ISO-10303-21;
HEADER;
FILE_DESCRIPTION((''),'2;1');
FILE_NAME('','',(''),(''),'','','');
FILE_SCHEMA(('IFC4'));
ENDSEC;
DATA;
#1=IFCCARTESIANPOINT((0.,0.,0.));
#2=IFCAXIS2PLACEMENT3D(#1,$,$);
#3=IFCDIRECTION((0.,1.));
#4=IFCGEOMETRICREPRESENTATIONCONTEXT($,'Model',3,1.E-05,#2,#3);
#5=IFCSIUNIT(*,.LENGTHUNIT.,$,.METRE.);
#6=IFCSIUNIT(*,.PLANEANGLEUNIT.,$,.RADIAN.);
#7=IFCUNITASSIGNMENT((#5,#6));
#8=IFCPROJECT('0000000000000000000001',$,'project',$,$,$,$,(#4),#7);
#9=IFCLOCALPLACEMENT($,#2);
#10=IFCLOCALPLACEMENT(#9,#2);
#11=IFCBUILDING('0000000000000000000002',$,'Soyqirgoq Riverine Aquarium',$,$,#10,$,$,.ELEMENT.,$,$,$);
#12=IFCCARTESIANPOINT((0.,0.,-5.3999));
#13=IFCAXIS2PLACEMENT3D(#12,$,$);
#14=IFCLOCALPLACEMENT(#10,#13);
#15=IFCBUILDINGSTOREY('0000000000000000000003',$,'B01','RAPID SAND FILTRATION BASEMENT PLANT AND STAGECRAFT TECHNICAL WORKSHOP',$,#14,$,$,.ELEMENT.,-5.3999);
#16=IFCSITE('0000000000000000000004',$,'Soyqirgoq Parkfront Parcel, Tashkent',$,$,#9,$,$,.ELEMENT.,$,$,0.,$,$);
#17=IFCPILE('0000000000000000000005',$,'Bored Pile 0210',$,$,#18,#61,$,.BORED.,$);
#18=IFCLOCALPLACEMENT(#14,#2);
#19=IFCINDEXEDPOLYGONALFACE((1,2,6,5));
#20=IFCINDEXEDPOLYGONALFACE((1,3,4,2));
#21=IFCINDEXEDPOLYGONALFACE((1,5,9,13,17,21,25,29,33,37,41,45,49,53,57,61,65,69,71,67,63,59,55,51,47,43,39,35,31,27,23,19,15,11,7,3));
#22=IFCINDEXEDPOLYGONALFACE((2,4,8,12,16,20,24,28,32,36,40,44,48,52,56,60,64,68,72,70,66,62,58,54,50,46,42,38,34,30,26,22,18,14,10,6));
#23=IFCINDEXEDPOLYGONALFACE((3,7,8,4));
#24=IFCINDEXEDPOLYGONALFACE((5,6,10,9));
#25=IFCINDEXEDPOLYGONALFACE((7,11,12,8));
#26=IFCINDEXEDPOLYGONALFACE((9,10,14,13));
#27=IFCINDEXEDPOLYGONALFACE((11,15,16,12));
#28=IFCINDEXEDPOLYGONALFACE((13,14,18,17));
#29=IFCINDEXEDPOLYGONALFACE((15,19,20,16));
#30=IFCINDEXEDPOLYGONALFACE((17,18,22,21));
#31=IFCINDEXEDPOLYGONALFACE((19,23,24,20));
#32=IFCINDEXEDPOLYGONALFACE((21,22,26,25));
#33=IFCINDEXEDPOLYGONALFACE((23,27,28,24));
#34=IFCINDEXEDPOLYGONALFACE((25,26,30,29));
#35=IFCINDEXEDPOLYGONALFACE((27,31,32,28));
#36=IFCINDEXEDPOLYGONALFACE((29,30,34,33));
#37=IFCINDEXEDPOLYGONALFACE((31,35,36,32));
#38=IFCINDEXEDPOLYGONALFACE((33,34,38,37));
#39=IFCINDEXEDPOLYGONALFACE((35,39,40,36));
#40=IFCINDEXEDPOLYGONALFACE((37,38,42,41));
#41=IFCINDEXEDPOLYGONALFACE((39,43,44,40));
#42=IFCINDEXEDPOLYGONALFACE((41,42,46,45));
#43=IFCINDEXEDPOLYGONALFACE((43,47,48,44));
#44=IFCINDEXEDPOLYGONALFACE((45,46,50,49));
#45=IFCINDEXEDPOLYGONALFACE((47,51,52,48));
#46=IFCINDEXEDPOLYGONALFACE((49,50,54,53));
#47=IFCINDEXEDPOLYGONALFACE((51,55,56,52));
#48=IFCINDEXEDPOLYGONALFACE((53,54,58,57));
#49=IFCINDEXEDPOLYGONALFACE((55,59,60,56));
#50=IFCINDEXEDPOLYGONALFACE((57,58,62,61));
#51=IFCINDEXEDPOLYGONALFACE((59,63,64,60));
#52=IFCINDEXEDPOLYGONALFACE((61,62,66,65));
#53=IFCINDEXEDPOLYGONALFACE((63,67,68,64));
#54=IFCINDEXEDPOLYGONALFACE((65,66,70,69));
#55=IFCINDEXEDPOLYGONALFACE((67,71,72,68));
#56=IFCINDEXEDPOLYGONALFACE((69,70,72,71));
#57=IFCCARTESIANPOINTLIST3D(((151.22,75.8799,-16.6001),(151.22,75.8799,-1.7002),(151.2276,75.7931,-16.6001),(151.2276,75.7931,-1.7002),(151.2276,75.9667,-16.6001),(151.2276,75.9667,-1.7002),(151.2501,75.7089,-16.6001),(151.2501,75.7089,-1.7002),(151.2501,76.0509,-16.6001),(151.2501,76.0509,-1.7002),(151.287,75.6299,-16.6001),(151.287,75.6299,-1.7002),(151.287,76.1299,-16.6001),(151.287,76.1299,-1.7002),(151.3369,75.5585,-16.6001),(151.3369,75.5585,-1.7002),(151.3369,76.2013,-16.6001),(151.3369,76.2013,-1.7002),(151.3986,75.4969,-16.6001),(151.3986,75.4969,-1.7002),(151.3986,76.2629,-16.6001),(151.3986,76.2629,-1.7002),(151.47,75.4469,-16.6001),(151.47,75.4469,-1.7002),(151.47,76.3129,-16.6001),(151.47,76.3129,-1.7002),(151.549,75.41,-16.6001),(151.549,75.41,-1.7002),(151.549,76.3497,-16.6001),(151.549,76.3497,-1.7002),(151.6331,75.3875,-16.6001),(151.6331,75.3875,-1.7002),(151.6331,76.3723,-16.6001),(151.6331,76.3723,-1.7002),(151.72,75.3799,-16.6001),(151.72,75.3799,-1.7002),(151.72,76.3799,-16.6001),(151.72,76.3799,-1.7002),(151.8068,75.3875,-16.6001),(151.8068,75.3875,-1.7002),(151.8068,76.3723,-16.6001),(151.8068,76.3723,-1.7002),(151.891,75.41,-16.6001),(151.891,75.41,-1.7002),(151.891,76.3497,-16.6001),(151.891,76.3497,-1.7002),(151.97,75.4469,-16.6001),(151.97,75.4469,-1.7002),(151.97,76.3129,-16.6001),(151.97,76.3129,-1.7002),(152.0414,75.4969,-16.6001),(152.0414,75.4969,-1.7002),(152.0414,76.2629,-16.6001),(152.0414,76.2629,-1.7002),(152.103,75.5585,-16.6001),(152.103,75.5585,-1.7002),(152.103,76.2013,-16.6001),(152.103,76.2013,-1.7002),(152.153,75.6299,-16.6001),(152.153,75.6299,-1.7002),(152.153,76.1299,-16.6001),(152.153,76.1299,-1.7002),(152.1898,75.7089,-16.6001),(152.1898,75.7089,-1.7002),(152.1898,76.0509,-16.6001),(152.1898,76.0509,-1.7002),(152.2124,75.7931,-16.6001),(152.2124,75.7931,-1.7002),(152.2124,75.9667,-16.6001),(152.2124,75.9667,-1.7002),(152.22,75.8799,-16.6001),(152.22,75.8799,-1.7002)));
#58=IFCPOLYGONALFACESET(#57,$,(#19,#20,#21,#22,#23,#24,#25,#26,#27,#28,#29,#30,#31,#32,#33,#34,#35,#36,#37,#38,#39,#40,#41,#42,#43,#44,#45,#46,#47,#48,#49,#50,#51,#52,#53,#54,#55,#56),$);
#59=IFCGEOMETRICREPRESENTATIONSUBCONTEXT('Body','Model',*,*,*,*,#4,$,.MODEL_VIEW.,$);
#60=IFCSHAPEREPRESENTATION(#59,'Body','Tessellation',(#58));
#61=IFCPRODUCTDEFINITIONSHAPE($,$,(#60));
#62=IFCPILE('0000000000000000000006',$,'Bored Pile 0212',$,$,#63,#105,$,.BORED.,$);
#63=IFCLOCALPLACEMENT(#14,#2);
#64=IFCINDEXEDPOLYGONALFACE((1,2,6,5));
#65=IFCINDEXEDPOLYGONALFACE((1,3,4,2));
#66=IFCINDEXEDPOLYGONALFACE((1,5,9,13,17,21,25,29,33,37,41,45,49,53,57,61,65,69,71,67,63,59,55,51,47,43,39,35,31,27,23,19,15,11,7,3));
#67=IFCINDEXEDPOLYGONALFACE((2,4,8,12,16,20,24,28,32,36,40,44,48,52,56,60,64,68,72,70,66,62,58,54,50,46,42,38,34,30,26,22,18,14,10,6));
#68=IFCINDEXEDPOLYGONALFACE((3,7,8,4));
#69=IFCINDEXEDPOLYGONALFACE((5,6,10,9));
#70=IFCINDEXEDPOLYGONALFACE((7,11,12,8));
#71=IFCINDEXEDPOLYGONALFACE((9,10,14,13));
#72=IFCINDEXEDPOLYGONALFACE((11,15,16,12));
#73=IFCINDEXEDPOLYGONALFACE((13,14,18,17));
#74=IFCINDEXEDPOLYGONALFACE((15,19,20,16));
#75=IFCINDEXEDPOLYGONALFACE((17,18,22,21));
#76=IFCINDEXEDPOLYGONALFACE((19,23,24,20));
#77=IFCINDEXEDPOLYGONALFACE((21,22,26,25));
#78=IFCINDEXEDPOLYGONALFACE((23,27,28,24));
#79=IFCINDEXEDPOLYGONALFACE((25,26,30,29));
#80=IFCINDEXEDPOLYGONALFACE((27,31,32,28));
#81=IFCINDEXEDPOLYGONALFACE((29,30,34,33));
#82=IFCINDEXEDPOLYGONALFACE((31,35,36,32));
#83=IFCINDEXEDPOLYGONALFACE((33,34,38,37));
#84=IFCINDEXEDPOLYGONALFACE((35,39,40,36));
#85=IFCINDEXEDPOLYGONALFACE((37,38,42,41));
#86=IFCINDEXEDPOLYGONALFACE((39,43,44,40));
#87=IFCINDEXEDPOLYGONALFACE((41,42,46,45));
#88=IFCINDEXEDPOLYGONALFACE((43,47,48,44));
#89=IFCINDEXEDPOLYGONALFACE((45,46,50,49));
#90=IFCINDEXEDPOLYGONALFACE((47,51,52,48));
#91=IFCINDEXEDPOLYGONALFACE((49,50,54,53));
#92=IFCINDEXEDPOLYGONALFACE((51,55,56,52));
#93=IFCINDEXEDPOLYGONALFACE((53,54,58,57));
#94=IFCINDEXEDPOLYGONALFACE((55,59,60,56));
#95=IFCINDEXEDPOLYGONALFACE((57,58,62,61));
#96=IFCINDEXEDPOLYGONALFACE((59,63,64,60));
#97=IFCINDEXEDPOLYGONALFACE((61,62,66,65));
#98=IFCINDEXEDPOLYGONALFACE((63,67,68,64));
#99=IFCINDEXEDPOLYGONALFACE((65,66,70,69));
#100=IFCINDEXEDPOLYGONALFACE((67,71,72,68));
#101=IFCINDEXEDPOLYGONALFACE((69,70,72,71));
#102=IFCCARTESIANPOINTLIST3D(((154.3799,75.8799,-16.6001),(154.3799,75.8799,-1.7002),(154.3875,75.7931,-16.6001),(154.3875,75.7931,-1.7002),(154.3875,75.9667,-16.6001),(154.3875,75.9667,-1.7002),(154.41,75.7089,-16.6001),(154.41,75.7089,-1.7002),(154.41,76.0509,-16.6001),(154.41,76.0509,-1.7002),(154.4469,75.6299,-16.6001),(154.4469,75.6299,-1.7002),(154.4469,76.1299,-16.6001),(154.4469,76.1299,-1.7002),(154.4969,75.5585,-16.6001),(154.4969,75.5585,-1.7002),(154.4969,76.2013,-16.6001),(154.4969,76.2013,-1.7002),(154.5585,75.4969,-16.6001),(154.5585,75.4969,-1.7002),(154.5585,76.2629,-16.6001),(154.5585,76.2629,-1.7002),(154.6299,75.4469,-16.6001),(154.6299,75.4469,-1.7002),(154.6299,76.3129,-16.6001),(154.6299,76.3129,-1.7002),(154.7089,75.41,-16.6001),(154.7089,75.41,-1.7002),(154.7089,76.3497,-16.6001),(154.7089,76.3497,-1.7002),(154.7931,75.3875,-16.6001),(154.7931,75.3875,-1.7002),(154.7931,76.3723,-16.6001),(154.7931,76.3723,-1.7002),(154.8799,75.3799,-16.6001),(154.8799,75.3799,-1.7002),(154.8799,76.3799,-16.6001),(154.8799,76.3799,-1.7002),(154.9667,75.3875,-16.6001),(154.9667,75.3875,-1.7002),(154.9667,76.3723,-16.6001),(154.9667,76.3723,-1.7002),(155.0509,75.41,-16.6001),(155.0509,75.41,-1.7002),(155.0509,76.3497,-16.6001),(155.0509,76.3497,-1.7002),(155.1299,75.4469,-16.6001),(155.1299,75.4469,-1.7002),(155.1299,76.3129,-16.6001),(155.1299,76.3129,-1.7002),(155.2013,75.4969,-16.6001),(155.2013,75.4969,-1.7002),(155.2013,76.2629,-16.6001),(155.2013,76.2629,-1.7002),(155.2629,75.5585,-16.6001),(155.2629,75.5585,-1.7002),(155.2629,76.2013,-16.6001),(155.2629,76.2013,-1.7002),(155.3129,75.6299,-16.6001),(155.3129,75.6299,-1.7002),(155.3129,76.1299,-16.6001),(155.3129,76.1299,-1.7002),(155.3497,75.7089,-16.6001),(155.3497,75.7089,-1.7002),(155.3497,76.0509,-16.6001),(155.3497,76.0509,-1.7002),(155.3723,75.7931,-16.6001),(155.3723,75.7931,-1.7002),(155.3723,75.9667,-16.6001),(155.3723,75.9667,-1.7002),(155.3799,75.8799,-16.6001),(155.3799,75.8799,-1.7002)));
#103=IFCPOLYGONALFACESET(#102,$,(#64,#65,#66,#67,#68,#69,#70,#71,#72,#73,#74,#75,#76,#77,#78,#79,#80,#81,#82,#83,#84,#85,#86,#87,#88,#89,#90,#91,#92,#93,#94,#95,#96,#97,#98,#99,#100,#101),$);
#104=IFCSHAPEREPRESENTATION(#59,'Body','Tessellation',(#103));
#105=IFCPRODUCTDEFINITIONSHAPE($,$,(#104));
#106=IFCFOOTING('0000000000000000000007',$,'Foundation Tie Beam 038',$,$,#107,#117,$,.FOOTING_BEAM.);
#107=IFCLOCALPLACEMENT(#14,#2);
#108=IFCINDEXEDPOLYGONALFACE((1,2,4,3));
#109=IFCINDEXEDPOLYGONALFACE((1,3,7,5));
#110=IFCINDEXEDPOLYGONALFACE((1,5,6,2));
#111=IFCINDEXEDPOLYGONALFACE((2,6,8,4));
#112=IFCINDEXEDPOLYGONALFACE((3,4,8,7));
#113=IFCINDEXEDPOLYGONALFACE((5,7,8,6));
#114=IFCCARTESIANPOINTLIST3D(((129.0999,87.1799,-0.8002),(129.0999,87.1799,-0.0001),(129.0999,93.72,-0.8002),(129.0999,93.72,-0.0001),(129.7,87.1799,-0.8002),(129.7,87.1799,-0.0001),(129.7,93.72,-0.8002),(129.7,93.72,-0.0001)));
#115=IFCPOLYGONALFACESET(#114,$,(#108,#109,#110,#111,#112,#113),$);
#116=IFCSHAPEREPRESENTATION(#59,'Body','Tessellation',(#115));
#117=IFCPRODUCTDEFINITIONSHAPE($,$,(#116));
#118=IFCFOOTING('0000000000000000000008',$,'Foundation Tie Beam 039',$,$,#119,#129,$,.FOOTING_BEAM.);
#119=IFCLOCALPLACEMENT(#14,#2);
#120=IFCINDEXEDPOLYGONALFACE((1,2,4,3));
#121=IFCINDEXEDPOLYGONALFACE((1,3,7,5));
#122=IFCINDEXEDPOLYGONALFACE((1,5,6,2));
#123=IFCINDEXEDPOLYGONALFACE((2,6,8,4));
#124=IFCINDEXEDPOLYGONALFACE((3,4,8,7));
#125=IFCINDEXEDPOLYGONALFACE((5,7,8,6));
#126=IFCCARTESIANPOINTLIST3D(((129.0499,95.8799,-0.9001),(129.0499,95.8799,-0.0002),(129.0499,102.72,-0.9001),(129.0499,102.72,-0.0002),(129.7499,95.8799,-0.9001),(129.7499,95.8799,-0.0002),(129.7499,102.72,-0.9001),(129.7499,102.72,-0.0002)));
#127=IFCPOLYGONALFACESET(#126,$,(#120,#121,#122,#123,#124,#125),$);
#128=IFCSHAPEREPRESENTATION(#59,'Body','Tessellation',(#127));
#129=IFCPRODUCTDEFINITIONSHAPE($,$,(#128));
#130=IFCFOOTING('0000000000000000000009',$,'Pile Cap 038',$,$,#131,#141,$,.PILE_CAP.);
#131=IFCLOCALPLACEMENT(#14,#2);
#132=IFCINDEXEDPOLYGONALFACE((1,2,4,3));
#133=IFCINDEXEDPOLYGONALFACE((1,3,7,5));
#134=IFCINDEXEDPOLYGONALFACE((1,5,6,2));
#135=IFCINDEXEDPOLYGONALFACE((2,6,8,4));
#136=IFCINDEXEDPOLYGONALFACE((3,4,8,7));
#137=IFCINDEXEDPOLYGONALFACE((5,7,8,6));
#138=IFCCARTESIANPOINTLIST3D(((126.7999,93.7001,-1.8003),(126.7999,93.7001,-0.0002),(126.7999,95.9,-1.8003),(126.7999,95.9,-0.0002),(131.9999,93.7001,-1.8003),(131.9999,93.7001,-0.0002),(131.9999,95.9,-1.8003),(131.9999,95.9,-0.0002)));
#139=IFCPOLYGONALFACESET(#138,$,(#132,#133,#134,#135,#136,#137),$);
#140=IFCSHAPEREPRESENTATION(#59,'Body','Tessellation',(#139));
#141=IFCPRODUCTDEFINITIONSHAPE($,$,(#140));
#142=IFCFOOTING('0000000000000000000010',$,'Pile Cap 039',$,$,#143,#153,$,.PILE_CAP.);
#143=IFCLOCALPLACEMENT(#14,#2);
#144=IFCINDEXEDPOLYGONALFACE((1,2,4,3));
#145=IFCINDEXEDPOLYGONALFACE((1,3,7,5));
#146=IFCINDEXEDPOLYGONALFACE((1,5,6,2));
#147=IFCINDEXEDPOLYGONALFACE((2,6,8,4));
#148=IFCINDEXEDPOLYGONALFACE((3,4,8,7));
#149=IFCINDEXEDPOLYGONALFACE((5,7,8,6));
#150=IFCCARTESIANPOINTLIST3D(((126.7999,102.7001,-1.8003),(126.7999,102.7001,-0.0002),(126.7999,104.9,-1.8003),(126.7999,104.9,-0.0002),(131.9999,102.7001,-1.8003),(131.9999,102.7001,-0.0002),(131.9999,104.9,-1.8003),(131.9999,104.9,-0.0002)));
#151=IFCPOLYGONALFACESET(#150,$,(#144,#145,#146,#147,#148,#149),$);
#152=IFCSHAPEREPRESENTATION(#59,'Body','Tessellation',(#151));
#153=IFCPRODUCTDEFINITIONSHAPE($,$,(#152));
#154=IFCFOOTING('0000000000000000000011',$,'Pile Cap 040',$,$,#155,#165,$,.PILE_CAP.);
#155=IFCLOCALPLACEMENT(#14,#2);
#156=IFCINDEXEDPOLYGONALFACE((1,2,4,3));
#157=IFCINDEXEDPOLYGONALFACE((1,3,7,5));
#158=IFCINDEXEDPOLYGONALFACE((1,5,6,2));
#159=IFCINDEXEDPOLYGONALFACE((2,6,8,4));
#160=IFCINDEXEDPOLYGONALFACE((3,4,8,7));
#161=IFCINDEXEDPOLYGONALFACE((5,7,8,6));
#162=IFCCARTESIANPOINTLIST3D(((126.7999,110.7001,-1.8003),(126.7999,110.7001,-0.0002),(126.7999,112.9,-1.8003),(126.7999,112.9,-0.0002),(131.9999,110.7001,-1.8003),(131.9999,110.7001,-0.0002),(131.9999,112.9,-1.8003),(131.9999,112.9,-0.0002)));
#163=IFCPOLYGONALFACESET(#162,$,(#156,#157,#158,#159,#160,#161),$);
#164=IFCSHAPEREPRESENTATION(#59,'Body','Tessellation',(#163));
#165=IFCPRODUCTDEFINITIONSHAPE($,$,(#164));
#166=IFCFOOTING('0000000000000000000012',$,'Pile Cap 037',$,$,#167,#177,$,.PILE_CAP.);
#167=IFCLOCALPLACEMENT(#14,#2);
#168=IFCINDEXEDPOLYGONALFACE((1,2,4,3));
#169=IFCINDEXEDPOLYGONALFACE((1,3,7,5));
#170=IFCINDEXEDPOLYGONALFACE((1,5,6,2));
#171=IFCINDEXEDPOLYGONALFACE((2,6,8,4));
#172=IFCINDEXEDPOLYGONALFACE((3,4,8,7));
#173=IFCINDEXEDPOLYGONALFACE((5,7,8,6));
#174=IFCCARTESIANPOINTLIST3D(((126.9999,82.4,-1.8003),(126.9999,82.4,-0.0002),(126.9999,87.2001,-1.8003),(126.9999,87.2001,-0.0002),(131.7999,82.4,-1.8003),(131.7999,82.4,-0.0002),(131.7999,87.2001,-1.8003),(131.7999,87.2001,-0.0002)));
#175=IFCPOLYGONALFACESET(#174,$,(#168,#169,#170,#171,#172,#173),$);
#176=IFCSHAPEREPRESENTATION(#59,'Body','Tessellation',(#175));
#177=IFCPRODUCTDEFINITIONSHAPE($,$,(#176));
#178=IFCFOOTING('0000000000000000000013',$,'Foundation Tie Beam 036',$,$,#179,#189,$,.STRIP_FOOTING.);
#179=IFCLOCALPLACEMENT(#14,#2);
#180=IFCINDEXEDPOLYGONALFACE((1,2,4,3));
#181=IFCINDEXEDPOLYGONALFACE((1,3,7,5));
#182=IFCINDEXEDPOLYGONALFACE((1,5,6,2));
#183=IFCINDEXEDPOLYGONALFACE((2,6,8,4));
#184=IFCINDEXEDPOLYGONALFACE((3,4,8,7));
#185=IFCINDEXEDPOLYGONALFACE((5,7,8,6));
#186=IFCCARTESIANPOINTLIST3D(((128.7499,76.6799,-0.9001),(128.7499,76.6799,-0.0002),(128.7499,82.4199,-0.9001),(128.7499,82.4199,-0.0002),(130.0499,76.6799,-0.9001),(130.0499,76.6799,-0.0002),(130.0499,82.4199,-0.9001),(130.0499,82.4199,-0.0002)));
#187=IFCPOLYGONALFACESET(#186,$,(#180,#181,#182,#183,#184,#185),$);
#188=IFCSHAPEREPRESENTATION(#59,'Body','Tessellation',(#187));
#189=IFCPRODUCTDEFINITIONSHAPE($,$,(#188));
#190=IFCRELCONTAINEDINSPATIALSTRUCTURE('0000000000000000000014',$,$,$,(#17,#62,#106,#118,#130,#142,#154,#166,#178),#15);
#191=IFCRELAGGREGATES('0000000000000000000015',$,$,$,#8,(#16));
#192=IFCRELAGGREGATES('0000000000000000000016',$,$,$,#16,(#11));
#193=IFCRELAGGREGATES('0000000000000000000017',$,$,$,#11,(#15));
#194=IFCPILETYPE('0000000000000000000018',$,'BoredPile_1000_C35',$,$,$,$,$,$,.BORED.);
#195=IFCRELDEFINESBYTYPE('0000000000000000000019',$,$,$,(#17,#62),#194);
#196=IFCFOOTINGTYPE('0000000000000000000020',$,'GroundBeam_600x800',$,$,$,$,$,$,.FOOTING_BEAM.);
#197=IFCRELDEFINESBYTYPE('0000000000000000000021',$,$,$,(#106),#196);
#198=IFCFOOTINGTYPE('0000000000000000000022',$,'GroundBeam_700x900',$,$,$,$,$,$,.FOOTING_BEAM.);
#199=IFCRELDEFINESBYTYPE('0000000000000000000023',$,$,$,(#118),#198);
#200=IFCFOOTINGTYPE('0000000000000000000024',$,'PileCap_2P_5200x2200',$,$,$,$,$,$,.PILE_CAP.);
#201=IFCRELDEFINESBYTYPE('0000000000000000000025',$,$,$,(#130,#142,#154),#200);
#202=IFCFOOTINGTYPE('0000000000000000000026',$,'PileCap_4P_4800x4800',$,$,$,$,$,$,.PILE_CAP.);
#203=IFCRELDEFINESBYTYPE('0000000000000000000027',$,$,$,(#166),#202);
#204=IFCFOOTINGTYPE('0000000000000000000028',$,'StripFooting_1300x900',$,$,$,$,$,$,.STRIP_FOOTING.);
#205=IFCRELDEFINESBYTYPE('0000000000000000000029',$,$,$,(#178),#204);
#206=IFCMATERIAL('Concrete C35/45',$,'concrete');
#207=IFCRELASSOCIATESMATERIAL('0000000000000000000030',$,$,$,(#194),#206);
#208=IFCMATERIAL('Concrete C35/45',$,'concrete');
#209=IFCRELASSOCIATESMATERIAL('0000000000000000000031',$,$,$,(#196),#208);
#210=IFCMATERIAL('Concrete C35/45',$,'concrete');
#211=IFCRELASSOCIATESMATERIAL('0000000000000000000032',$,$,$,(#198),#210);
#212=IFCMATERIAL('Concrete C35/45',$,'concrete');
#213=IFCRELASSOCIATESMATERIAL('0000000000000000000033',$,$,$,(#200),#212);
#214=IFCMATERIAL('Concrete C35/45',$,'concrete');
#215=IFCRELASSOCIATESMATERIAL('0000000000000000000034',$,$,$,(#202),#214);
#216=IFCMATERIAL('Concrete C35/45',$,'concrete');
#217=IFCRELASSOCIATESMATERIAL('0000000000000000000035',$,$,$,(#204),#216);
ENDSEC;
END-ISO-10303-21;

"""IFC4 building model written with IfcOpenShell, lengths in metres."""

from ifc_helpers import new_model, si_unit, direction, frame, origin, origin_2d, place, context, subcontext, project, spatial, rectangle, circle, extrude, material, material_profile, profile_set, type_object, element, save


model = new_model("IFC4")

# Units and contexts
model_context = context("Model", 3, precision=1e-05, world=origin(), true_north=direction((0.0, 1.0)))
body_context = subcontext(model_context, "Body", "Model", "MODEL_VIEW")
ifc_project = project(units=[si_unit("LENGTHUNIT", "METRE"), si_unit("PLANEANGLEUNIT", "RADIAN")], contexts=[model_context])

# Site, building, storey
site_placement = place(None, origin())
site = spatial("IfcSite", under=ifc_project, at=site_placement, Name="Soyqirgoq Parkfront Parcel, Tashkent", CompositionType="ELEMENT", RefElevation=0.0)
building_placement = place(site_placement, origin())
building = spatial("IfcBuilding", under=site, at=building_placement, Name="Soyqirgoq Riverine Aquarium", CompositionType="ELEMENT")
storey_placement = place(building_placement, frame((0.0, 0.0, -5.3999)))
storey = spatial("IfcBuildingStorey", under=building, at=storey_placement, Name="B01", Description="RAPID SAND FILTRATION BASEMENT PLANT AND STAGECRAFT TECHNICAL WORKSHOP", CompositionType="ELEMENT", Elevation=-5.3999)

# Piles
ifc_material_1 = material(Name="Concrete C35/45", Category="concrete")
ifc_material_profile_1 = material_profile(ifc_material_1, circle(Radius=0.5, at=origin_2d()), Name="BP D1000")
ifc_profile_set_1 = profile_set([ifc_material_profile_1], Name="Concrete C35/45")
pile_type = type_object("IfcPileType", Name="BoredPile_1000_C35", PredefinedType="BORED", material=ifc_profile_set_1)
for number, where, z_axis, x_axis, name in (
    (1, (151.72, 75.8799, -1.7002), (0.0, 0.0, -1.0), (1.0, 0.0, 0.0), "Bored Pile 0210"),
    (2, (154.8799, 75.8799, -1.7002), (0.0, 0.0, -1.0), (1.0, 0.0, 0.0), "Bored Pile 0212"),
):
    element("IfcPile", number, at=place(storey_placement, frame(where, z_axis=z_axis, x_axis=x_axis)), inside=storey, type_object=pile_type, Name=name, PredefinedType="BORED", context=body_context, shape_type="SweptSolid", body=[
        extrude(circle(Radius=0.5, at=origin_2d()), origin(), (0.0, 0.0, 1.0), 14.8999),
    ])

# Footings
ifc_material_2 = material(Name="Concrete C35/45", Category="concrete")
ifc_material_profile_2 = material_profile(ifc_material_2, rectangle(XDim=0.6001, YDim=0.8, at=origin_2d()), Name="RC 600x800")
ifc_profile_set_2 = profile_set([ifc_material_profile_2], Name="Concrete C35/45")
footing_type_1 = type_object("IfcFootingType", Name="GroundBeam_600x800", PredefinedType="FOOTING_BEAM", material=ifc_profile_set_2)
footing_1_placement = place(storey_placement, frame((129.3999, 87.1799, -0.4001), z_axis=(0.0, 1.0, 0.0), x_axis=(-1.0, 0.0, 0.0)))
element("IfcFooting", 3, at=footing_1_placement, inside=storey, type_object=footing_type_1, Name="Foundation Tie Beam 038", PredefinedType="FOOTING_BEAM", context=body_context, shape_type="SweptSolid", body=[
    extrude(rectangle(XDim=0.6001, YDim=0.8, at=origin_2d()), origin(), (0.0, 0.0, 1.0), 6.54),
])
ifc_material_3 = material(Name="Concrete C35/45", Category="concrete")
ifc_material_profile_3 = material_profile(ifc_material_3, rectangle(XDim=0.7, YDim=0.8999, at=origin_2d()), Name="RC 700x900")
ifc_profile_set_3 = profile_set([ifc_material_profile_3], Name="Concrete C35/45")
footing_type_2 = type_object("IfcFootingType", Name="GroundBeam_700x900", PredefinedType="FOOTING_BEAM", material=ifc_profile_set_3)
footing_2_placement = place(storey_placement, frame((129.3999, 95.8799, -0.4502), z_axis=(0.0, 1.0, 0.0), x_axis=(-1.0, 0.0, 0.0)))
element("IfcFooting", 4, at=footing_2_placement, inside=storey, type_object=footing_type_2, Name="Foundation Tie Beam 039", PredefinedType="FOOTING_BEAM", context=body_context, shape_type="SweptSolid", body=[
    extrude(rectangle(XDim=0.7, YDim=0.8999, at=origin_2d()), origin(), (0.0, 0.0, 1.0), 6.8401),
])
ifc_material_4 = material(Name="Concrete C35/45", Category="concrete")
footing_type_3 = type_object("IfcFootingType", Name="PileCap_2P_5200x2200", PredefinedType="PILE_CAP", material=ifc_material_4)
for number, where, z_axis, x_axis, name in (
    (5, (129.3999, 94.8, -1.8003), (0.0, 0.0, 1.0), (1.0, 0.0, 0.0), "Pile Cap 038"),
    (6, (129.3999, 103.8, -1.8003), (0.0, 0.0, 1.0), (1.0, 0.0, 0.0), "Pile Cap 039"),
    (7, (129.3999, 111.8, -1.8003), (0.0, 0.0, 1.0), (1.0, 0.0, 0.0), "Pile Cap 040"),
):
    element("IfcFooting", number, at=place(storey_placement, frame(where, z_axis=z_axis, x_axis=x_axis)), inside=storey, type_object=footing_type_3, Name=name, PredefinedType="PILE_CAP", context=body_context, shape_type="SweptSolid", body=[
        extrude(rectangle(XDim=5.2, YDim=2.2, at=origin_2d()), origin(), (0.0, 0.0, 1.0), 1.8),
    ])
ifc_material_5 = material(Name="Concrete C35/45", Category="concrete")
footing_type_4 = type_object("IfcFootingType", Name="PileCap_4P_4800x4800", PredefinedType="PILE_CAP", material=ifc_material_5)
footing_3_placement = place(storey_placement, frame((129.3999, 84.8, -1.8003), z_axis=(0.0, 0.0, 1.0), x_axis=(1.0, 0.0, 0.0)))
element("IfcFooting", 8, at=footing_3_placement, inside=storey, type_object=footing_type_4, Name="Pile Cap 037", PredefinedType="PILE_CAP", context=body_context, shape_type="SweptSolid", body=[
    extrude(rectangle(XDim=4.8, YDim=4.8, at=origin_2d()), origin(), (0.0, 0.0, 1.0), 1.8),
])
ifc_material_6 = material(Name="Concrete C35/45", Category="concrete")
ifc_material_profile_4 = material_profile(ifc_material_6, rectangle(XDim=1.3, YDim=0.8999, at=origin_2d()), Name="RC 1300x900")
ifc_profile_set_4 = profile_set([ifc_material_profile_4], Name="Concrete C35/45")
footing_type_5 = type_object("IfcFootingType", Name="StripFooting_1300x900", PredefinedType="STRIP_FOOTING", material=ifc_profile_set_4)
footing_4_placement = place(storey_placement, frame((129.3999, 76.6799, -0.4502), z_axis=(0.0, 1.0, 0.0), x_axis=(-1.0, 0.0, 0.0)))
element("IfcFooting", 9, at=footing_4_placement, inside=storey, type_object=footing_type_5, Name="Foundation Tie Beam 036", PredefinedType="STRIP_FOOTING", context=body_context, shape_type="SweptSolid", body=[
    extrude(rectangle(XDim=1.3, YDim=0.8999, at=origin_2d()), origin(), (0.0, 0.0, 1.0), 5.74),
])

save(model, "model.ifc")
